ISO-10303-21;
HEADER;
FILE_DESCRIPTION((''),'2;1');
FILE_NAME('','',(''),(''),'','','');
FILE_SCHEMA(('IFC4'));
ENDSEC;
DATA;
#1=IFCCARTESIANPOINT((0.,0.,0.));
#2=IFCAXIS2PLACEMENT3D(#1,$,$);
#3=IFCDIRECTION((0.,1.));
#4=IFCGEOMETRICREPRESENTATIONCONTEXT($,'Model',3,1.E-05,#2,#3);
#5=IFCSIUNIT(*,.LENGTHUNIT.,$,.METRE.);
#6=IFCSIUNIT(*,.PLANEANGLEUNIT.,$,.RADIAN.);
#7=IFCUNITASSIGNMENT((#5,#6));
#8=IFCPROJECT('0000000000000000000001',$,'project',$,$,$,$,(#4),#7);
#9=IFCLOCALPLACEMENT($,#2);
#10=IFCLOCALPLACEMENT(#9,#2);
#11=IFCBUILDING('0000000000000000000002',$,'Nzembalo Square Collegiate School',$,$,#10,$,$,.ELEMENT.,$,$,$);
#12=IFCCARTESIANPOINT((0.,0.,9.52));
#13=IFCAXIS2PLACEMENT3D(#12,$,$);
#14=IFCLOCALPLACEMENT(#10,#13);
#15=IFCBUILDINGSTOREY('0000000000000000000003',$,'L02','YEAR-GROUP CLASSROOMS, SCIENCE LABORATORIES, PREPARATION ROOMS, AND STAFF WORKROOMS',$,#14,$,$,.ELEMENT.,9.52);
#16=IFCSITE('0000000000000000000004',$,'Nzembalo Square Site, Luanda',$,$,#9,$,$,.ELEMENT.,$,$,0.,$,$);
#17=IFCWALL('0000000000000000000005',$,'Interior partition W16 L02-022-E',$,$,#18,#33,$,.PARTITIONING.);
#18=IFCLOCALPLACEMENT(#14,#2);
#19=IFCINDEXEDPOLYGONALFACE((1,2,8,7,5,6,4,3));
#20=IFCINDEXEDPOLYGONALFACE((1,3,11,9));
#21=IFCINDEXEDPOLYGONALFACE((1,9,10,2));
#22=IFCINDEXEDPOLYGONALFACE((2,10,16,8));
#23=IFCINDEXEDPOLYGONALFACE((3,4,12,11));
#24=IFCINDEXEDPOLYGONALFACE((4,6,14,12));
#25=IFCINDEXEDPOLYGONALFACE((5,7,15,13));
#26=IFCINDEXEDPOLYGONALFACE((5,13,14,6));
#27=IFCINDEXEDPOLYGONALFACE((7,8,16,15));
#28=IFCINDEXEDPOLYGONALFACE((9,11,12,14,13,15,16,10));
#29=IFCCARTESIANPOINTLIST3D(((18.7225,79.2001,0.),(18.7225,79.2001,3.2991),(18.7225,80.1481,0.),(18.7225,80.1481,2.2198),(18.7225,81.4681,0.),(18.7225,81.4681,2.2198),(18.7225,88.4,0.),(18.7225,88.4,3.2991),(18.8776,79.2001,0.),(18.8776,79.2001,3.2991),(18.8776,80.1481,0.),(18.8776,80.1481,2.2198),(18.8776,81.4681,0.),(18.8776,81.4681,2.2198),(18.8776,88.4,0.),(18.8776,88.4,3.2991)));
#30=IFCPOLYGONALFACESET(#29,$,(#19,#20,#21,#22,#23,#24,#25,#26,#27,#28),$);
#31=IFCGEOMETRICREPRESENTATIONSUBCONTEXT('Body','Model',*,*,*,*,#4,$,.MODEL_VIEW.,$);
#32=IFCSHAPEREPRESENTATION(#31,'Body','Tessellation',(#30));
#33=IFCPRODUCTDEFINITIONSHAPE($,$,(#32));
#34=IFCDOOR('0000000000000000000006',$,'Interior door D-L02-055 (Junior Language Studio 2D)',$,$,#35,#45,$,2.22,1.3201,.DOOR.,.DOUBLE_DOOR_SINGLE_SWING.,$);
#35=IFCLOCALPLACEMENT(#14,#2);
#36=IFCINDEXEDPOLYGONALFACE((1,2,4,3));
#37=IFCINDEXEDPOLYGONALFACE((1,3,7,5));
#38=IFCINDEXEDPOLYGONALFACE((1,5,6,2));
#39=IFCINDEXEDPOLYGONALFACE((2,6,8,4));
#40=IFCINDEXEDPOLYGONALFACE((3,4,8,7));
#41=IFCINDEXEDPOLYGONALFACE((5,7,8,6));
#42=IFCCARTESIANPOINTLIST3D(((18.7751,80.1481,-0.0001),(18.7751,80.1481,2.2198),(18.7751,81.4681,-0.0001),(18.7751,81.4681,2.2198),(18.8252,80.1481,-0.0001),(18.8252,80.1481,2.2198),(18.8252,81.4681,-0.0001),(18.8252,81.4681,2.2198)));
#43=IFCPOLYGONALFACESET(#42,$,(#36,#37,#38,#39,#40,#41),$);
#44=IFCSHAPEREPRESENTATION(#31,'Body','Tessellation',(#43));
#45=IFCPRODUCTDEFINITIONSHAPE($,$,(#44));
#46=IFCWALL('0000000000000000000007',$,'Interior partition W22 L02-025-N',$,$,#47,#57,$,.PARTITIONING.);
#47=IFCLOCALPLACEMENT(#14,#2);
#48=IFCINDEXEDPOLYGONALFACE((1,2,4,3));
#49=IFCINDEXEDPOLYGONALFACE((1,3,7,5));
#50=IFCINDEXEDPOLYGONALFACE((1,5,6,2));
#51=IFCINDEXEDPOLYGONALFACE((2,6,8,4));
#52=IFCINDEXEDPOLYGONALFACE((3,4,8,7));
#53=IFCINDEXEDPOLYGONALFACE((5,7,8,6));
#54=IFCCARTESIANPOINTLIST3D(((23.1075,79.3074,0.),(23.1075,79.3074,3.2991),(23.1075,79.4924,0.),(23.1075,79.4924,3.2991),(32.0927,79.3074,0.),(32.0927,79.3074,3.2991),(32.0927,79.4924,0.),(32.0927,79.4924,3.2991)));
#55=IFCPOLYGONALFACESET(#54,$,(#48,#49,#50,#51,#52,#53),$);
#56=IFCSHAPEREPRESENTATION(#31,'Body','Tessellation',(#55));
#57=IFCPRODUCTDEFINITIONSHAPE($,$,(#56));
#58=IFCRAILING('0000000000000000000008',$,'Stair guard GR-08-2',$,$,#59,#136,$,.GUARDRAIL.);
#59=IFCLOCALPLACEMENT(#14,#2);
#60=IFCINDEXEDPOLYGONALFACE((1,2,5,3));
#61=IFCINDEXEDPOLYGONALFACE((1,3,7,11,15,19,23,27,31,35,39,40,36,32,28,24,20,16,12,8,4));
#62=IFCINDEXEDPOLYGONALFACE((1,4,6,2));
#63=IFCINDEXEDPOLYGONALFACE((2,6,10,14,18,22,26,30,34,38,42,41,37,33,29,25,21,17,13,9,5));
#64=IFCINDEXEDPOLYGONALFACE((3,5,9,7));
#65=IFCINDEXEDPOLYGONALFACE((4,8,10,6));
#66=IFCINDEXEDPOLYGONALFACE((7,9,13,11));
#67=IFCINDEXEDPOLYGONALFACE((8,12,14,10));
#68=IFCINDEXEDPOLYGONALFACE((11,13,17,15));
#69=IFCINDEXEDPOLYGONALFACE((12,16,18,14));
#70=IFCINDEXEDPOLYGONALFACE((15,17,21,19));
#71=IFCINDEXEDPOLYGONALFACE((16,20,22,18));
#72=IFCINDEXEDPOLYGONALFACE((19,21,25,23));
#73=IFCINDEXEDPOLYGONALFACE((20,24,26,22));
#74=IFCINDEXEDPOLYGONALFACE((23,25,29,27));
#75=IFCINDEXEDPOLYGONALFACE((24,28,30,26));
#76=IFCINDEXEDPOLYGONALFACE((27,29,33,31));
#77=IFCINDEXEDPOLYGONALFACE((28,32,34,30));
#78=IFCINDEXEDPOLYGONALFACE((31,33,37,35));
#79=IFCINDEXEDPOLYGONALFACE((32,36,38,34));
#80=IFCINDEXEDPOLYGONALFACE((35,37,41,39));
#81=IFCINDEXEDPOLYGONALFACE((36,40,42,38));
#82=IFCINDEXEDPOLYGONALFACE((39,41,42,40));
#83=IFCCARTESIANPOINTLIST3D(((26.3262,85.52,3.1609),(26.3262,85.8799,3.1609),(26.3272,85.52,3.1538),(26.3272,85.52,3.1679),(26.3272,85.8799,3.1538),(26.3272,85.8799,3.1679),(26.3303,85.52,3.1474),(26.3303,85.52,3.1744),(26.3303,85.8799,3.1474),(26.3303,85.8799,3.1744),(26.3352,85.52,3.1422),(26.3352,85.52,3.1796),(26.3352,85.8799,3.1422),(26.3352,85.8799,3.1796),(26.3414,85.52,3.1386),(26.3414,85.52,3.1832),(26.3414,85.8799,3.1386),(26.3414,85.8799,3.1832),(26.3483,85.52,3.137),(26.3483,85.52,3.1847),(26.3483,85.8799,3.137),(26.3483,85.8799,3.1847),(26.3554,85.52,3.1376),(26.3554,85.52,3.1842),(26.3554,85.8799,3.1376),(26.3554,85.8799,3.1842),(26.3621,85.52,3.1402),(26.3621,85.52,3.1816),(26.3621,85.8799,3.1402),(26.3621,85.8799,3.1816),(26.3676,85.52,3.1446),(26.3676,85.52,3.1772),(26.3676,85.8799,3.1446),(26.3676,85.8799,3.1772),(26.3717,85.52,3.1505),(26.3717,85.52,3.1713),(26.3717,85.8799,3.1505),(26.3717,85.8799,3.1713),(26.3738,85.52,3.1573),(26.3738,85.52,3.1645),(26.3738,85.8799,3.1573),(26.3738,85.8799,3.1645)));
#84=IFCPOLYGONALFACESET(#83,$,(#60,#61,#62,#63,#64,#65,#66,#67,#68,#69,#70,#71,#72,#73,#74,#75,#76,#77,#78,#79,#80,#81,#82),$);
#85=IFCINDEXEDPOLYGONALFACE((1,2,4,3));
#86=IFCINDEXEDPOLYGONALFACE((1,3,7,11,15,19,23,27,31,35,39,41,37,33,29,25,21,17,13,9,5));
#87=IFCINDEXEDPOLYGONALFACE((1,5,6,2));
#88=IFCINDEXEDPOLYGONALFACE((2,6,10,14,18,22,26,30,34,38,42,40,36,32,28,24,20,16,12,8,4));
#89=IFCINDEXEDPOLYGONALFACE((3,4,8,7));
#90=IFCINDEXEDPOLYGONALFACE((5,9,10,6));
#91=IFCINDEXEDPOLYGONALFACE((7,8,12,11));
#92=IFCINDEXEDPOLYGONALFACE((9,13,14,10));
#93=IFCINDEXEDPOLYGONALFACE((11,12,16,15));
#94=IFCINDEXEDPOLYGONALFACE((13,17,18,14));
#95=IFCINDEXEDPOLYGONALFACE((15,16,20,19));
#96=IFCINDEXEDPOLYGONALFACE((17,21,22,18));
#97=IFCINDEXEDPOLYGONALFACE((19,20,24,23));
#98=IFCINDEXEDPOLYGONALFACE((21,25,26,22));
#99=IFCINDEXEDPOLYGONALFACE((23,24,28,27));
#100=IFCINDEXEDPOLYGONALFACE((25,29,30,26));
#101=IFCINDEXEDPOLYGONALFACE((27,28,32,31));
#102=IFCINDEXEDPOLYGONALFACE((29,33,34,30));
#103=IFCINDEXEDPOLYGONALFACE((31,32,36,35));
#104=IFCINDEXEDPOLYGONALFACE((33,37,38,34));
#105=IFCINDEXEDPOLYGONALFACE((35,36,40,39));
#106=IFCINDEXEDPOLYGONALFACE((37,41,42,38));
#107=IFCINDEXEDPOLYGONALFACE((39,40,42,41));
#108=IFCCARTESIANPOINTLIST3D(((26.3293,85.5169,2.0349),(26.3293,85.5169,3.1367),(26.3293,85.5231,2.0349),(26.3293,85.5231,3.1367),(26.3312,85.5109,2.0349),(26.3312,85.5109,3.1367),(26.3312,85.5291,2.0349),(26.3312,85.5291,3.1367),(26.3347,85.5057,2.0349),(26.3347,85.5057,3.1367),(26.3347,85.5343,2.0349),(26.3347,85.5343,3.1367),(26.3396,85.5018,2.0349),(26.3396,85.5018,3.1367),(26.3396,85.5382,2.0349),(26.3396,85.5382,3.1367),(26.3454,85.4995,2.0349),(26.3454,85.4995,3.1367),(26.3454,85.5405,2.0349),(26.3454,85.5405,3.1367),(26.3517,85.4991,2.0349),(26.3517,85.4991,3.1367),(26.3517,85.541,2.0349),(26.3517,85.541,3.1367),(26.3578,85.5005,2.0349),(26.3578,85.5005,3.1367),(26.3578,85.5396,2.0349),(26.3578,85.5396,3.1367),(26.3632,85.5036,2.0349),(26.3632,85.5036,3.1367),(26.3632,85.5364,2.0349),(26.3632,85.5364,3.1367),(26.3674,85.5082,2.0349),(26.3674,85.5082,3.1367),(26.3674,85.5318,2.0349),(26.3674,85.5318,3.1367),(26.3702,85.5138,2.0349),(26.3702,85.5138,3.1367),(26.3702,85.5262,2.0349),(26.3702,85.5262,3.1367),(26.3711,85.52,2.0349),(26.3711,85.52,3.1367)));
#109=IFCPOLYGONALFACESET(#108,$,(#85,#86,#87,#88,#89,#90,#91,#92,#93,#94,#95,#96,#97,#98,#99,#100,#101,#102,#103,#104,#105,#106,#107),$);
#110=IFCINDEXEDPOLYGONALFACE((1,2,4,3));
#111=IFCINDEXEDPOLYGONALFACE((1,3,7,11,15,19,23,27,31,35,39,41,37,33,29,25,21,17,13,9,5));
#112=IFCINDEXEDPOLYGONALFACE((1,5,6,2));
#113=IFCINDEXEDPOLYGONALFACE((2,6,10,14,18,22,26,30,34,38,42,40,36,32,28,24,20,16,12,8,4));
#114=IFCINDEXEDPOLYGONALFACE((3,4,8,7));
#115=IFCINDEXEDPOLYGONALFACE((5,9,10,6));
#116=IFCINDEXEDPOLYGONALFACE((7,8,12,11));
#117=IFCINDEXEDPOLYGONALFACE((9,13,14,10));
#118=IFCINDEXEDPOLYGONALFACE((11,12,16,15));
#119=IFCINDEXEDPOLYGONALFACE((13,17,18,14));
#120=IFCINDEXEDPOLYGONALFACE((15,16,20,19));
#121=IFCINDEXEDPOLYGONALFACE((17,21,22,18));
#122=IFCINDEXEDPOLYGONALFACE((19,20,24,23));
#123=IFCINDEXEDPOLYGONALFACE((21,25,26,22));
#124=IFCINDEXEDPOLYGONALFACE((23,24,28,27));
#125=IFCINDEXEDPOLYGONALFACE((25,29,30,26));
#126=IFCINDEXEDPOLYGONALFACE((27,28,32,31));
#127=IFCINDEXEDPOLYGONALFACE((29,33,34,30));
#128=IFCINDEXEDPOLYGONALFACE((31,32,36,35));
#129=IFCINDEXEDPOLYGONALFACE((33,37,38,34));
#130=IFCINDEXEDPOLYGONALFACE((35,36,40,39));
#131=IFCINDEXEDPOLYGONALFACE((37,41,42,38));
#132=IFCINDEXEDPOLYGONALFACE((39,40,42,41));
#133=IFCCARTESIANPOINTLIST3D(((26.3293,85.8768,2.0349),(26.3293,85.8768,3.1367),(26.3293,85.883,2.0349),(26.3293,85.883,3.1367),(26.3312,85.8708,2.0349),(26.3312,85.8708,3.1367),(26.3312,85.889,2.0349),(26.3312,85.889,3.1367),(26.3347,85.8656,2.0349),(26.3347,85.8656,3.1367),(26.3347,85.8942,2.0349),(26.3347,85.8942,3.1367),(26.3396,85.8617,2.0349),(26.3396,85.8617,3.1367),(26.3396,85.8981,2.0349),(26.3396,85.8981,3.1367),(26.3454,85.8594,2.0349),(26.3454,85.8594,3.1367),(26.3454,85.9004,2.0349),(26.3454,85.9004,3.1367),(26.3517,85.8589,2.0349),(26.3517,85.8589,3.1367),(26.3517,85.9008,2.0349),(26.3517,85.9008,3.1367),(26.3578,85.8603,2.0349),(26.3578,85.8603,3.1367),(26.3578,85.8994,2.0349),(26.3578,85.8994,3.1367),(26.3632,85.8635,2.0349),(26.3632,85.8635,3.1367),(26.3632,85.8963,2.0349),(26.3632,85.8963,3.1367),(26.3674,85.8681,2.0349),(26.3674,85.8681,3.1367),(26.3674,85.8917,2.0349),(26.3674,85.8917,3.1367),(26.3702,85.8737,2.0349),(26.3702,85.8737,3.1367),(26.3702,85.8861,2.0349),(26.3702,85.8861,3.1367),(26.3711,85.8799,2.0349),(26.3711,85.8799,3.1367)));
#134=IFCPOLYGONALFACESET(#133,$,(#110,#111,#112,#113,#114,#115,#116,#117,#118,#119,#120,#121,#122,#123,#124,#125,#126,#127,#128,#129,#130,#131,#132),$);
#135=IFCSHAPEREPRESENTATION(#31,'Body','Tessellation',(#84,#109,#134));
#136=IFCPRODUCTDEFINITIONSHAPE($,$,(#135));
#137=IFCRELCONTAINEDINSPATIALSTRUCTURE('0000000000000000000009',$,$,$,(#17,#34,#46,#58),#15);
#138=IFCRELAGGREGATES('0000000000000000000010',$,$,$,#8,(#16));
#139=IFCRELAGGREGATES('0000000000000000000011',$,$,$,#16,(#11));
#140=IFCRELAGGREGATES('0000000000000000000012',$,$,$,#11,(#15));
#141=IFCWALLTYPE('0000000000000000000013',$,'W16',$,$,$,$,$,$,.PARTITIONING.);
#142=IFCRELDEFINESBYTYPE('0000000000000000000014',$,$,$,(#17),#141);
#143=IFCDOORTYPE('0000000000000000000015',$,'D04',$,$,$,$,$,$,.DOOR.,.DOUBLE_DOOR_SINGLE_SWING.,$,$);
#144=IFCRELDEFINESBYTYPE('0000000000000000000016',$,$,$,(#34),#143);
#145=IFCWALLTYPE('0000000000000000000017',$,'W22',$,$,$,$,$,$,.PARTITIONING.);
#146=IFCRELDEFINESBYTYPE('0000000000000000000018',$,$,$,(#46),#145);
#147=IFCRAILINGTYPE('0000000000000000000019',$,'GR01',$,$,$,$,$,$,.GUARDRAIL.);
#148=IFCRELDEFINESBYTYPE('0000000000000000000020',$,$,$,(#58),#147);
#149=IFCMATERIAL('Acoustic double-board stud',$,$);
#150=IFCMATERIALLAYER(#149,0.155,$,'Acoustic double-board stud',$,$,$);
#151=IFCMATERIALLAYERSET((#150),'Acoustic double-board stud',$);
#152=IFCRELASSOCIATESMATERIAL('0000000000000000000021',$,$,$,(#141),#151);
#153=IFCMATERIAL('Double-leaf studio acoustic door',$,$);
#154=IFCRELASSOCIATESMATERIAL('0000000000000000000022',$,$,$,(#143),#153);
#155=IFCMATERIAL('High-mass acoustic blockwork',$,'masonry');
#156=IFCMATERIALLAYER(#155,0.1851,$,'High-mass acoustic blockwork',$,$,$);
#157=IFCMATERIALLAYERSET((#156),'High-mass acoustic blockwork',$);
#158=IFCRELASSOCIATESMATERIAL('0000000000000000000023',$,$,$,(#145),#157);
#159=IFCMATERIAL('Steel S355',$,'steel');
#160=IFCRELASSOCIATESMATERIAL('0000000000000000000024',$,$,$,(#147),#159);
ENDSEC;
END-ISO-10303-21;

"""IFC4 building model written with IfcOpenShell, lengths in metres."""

from ifc_helpers import new_model, si_unit, direction, frame, frame_2d, origin, origin_2d, place, context, subcontext, project, spatial, rectangle, circle, extrude, material, layer, layer_set, type_object, element, fill, save


model = new_model("IFC4")

# Units and contexts
model_context = context("Model", 3, precision=1e-05, world=origin(), true_north=direction((0.0, 1.0)))
body_context = subcontext(model_context, "Body", "Model", "MODEL_VIEW")
ifc_project = project(units=[si_unit("LENGTHUNIT", "METRE"), si_unit("PLANEANGLEUNIT", "RADIAN")], contexts=[model_context])

# Site, building, storey
site_placement = place(None, origin())
site = spatial("IfcSite", under=ifc_project, at=site_placement, Name="Nzembalo Square Site, Luanda", CompositionType="ELEMENT", RefElevation=0.0)
building_placement = place(site_placement, origin())
building = spatial("IfcBuilding", under=site, at=building_placement, Name="Nzembalo Square Collegiate School", CompositionType="ELEMENT")
storey_placement = place(building_placement, frame((0.0, 0.0, 9.52)))
storey = spatial("IfcBuildingStorey", under=building, at=storey_placement, Name="L02", Description="YEAR-GROUP CLASSROOMS, SCIENCE LABORATORIES, PREPARATION ROOMS, AND STAFF WORKROOMS", CompositionType="ELEMENT", Elevation=9.52)

# Wall, opening, door
ifc_material_1 = material(Name="Acoustic double-board stud")
ifc_layer_1 = layer(ifc_material_1, 0.155, Name="Acoustic double-board stud")
ifc_layer_set_1 = layer_set([ifc_layer_1], Name="Acoustic double-board stud")
wall_type_1 = type_object("IfcWallType", Name="W16", PredefinedType="PARTITIONING", material=ifc_layer_set_1)
wall_1_placement = place(storey_placement, frame((18.8, 79.2, 0.0), z_axis=(0.0, 0.0, 1.0), x_axis=(0.0, 1.0, 0.0)))
wall_1 = element("IfcWall", 1, at=wall_1_placement, inside=storey, type_object=wall_type_1, Name="Interior partition W16 L02-022-E", PredefinedType="PARTITIONING", context=body_context, shape_type="SweptSolid", body=[
    extrude(rectangle(XDim=9.2, YDim=0.155, at=frame_2d((4.6001, 0.0))), origin(), (0.0, 0.0, 1.0), 3.2991),
])
opening_placement = place(wall_1_placement, frame((0.948, 0.0, 0.0)))
opening = element("IfcOpeningElement", 2, at=opening_placement, cuts=wall_1, PredefinedType="OPENING", context=body_context, shape_type="SweptSolid", body=[
    extrude(rectangle(XDim=1.3201, YDim=2.22, at=frame_2d((0.6602, 1.1099))), frame((0.0, 0.0874, 0.0), z_axis=(0.0, -1.0, 0.0), x_axis=(1.0, 0.0, 0.0)), (0.0, 0.0, 1.0), 0.175),
])
ifc_material_2 = material(Name="Double-leaf studio acoustic door")
door_type = type_object("IfcDoorType", Name="D04", OperationType="DOUBLE_DOOR_SINGLE_SWING", PredefinedType="DOOR", material=ifc_material_2)
door_placement = place(opening_placement, origin())
door = element("IfcDoor", 3, at=door_placement, inside=storey, type_object=door_type, Name="Interior door D-L02-055 (Junior Language Studio 2D)", OperationType="DOUBLE_DOOR_SINGLE_SWING", OverallHeight=2.22, OverallWidth=1.3201, PredefinedType="DOOR", context=body_context, shape_type="SweptSolid", body=[
    extrude(rectangle(XDim=1.3201, YDim=2.22, at=frame_2d((0.6602, 1.1099))), frame((0.0, 0.0249, 0.0), z_axis=(0.0, -1.0, 0.0), x_axis=(1.0, 0.0, 0.0)), (0.0, 0.0, 1.0), 0.05),
])
fill(opening, door)

# Wall
ifc_material_3 = material(Name="High-mass acoustic blockwork", Category="masonry")
ifc_layer_2 = layer(ifc_material_3, 0.1851, Name="High-mass acoustic blockwork")
ifc_layer_set_2 = layer_set([ifc_layer_2], Name="High-mass acoustic blockwork")
wall_type_2 = type_object("IfcWallType", Name="W22", PredefinedType="PARTITIONING", material=ifc_layer_set_2)
wall_2_placement = place(storey_placement, frame((23.1074, 79.3999, 0.0), z_axis=(0.0, 0.0, 1.0), x_axis=(1.0, 0.0, 0.0)))
element("IfcWall", 4, at=wall_2_placement, inside=storey, type_object=wall_type_2, Name="Interior partition W22 L02-025-N", PredefinedType="PARTITIONING", context=body_context, shape_type="SweptSolid", body=[
    extrude(rectangle(XDim=8.9851, YDim=0.1851, at=frame_2d((4.4927, 0.0))), origin(), (0.0, 0.0, 1.0), 3.2991),
])

# Railing
ifc_material_4 = material(Name="Steel S355", Category="steel")
railing_type = type_object("IfcRailingType", Name="GR01", PredefinedType="GUARDRAIL", material=ifc_material_4)
railing_placement = place(storey_placement, frame((26.3501, 85.52, 2.0349)))
element("IfcRailing", 5, at=railing_placement, inside=storey, type_object=railing_type, Name="Stair guard GR-08-2", PredefinedType="GUARDRAIL", context=body_context, shape_type="SweptSolid", body=[
    extrude(circle(Radius=0.0239, at=origin_2d()), frame((0.0, 0.0, 1.126), z_axis=(0.0, 1.0, 0.0), x_axis=(-1.0, 0.0, 0.0)), (0.0, 0.0, 1.0), 0.3599),
    extrude(circle(Radius=0.021, at=origin_2d()), origin(), (0.0, 0.0, 1.0), 1.1018),
    extrude(circle(Radius=0.021, at=origin_2d()), frame((0.0, 0.3599, 0.0)), (0.0, 0.0, 1.0), 1.1018),
])

save(model, "model.ifc")
